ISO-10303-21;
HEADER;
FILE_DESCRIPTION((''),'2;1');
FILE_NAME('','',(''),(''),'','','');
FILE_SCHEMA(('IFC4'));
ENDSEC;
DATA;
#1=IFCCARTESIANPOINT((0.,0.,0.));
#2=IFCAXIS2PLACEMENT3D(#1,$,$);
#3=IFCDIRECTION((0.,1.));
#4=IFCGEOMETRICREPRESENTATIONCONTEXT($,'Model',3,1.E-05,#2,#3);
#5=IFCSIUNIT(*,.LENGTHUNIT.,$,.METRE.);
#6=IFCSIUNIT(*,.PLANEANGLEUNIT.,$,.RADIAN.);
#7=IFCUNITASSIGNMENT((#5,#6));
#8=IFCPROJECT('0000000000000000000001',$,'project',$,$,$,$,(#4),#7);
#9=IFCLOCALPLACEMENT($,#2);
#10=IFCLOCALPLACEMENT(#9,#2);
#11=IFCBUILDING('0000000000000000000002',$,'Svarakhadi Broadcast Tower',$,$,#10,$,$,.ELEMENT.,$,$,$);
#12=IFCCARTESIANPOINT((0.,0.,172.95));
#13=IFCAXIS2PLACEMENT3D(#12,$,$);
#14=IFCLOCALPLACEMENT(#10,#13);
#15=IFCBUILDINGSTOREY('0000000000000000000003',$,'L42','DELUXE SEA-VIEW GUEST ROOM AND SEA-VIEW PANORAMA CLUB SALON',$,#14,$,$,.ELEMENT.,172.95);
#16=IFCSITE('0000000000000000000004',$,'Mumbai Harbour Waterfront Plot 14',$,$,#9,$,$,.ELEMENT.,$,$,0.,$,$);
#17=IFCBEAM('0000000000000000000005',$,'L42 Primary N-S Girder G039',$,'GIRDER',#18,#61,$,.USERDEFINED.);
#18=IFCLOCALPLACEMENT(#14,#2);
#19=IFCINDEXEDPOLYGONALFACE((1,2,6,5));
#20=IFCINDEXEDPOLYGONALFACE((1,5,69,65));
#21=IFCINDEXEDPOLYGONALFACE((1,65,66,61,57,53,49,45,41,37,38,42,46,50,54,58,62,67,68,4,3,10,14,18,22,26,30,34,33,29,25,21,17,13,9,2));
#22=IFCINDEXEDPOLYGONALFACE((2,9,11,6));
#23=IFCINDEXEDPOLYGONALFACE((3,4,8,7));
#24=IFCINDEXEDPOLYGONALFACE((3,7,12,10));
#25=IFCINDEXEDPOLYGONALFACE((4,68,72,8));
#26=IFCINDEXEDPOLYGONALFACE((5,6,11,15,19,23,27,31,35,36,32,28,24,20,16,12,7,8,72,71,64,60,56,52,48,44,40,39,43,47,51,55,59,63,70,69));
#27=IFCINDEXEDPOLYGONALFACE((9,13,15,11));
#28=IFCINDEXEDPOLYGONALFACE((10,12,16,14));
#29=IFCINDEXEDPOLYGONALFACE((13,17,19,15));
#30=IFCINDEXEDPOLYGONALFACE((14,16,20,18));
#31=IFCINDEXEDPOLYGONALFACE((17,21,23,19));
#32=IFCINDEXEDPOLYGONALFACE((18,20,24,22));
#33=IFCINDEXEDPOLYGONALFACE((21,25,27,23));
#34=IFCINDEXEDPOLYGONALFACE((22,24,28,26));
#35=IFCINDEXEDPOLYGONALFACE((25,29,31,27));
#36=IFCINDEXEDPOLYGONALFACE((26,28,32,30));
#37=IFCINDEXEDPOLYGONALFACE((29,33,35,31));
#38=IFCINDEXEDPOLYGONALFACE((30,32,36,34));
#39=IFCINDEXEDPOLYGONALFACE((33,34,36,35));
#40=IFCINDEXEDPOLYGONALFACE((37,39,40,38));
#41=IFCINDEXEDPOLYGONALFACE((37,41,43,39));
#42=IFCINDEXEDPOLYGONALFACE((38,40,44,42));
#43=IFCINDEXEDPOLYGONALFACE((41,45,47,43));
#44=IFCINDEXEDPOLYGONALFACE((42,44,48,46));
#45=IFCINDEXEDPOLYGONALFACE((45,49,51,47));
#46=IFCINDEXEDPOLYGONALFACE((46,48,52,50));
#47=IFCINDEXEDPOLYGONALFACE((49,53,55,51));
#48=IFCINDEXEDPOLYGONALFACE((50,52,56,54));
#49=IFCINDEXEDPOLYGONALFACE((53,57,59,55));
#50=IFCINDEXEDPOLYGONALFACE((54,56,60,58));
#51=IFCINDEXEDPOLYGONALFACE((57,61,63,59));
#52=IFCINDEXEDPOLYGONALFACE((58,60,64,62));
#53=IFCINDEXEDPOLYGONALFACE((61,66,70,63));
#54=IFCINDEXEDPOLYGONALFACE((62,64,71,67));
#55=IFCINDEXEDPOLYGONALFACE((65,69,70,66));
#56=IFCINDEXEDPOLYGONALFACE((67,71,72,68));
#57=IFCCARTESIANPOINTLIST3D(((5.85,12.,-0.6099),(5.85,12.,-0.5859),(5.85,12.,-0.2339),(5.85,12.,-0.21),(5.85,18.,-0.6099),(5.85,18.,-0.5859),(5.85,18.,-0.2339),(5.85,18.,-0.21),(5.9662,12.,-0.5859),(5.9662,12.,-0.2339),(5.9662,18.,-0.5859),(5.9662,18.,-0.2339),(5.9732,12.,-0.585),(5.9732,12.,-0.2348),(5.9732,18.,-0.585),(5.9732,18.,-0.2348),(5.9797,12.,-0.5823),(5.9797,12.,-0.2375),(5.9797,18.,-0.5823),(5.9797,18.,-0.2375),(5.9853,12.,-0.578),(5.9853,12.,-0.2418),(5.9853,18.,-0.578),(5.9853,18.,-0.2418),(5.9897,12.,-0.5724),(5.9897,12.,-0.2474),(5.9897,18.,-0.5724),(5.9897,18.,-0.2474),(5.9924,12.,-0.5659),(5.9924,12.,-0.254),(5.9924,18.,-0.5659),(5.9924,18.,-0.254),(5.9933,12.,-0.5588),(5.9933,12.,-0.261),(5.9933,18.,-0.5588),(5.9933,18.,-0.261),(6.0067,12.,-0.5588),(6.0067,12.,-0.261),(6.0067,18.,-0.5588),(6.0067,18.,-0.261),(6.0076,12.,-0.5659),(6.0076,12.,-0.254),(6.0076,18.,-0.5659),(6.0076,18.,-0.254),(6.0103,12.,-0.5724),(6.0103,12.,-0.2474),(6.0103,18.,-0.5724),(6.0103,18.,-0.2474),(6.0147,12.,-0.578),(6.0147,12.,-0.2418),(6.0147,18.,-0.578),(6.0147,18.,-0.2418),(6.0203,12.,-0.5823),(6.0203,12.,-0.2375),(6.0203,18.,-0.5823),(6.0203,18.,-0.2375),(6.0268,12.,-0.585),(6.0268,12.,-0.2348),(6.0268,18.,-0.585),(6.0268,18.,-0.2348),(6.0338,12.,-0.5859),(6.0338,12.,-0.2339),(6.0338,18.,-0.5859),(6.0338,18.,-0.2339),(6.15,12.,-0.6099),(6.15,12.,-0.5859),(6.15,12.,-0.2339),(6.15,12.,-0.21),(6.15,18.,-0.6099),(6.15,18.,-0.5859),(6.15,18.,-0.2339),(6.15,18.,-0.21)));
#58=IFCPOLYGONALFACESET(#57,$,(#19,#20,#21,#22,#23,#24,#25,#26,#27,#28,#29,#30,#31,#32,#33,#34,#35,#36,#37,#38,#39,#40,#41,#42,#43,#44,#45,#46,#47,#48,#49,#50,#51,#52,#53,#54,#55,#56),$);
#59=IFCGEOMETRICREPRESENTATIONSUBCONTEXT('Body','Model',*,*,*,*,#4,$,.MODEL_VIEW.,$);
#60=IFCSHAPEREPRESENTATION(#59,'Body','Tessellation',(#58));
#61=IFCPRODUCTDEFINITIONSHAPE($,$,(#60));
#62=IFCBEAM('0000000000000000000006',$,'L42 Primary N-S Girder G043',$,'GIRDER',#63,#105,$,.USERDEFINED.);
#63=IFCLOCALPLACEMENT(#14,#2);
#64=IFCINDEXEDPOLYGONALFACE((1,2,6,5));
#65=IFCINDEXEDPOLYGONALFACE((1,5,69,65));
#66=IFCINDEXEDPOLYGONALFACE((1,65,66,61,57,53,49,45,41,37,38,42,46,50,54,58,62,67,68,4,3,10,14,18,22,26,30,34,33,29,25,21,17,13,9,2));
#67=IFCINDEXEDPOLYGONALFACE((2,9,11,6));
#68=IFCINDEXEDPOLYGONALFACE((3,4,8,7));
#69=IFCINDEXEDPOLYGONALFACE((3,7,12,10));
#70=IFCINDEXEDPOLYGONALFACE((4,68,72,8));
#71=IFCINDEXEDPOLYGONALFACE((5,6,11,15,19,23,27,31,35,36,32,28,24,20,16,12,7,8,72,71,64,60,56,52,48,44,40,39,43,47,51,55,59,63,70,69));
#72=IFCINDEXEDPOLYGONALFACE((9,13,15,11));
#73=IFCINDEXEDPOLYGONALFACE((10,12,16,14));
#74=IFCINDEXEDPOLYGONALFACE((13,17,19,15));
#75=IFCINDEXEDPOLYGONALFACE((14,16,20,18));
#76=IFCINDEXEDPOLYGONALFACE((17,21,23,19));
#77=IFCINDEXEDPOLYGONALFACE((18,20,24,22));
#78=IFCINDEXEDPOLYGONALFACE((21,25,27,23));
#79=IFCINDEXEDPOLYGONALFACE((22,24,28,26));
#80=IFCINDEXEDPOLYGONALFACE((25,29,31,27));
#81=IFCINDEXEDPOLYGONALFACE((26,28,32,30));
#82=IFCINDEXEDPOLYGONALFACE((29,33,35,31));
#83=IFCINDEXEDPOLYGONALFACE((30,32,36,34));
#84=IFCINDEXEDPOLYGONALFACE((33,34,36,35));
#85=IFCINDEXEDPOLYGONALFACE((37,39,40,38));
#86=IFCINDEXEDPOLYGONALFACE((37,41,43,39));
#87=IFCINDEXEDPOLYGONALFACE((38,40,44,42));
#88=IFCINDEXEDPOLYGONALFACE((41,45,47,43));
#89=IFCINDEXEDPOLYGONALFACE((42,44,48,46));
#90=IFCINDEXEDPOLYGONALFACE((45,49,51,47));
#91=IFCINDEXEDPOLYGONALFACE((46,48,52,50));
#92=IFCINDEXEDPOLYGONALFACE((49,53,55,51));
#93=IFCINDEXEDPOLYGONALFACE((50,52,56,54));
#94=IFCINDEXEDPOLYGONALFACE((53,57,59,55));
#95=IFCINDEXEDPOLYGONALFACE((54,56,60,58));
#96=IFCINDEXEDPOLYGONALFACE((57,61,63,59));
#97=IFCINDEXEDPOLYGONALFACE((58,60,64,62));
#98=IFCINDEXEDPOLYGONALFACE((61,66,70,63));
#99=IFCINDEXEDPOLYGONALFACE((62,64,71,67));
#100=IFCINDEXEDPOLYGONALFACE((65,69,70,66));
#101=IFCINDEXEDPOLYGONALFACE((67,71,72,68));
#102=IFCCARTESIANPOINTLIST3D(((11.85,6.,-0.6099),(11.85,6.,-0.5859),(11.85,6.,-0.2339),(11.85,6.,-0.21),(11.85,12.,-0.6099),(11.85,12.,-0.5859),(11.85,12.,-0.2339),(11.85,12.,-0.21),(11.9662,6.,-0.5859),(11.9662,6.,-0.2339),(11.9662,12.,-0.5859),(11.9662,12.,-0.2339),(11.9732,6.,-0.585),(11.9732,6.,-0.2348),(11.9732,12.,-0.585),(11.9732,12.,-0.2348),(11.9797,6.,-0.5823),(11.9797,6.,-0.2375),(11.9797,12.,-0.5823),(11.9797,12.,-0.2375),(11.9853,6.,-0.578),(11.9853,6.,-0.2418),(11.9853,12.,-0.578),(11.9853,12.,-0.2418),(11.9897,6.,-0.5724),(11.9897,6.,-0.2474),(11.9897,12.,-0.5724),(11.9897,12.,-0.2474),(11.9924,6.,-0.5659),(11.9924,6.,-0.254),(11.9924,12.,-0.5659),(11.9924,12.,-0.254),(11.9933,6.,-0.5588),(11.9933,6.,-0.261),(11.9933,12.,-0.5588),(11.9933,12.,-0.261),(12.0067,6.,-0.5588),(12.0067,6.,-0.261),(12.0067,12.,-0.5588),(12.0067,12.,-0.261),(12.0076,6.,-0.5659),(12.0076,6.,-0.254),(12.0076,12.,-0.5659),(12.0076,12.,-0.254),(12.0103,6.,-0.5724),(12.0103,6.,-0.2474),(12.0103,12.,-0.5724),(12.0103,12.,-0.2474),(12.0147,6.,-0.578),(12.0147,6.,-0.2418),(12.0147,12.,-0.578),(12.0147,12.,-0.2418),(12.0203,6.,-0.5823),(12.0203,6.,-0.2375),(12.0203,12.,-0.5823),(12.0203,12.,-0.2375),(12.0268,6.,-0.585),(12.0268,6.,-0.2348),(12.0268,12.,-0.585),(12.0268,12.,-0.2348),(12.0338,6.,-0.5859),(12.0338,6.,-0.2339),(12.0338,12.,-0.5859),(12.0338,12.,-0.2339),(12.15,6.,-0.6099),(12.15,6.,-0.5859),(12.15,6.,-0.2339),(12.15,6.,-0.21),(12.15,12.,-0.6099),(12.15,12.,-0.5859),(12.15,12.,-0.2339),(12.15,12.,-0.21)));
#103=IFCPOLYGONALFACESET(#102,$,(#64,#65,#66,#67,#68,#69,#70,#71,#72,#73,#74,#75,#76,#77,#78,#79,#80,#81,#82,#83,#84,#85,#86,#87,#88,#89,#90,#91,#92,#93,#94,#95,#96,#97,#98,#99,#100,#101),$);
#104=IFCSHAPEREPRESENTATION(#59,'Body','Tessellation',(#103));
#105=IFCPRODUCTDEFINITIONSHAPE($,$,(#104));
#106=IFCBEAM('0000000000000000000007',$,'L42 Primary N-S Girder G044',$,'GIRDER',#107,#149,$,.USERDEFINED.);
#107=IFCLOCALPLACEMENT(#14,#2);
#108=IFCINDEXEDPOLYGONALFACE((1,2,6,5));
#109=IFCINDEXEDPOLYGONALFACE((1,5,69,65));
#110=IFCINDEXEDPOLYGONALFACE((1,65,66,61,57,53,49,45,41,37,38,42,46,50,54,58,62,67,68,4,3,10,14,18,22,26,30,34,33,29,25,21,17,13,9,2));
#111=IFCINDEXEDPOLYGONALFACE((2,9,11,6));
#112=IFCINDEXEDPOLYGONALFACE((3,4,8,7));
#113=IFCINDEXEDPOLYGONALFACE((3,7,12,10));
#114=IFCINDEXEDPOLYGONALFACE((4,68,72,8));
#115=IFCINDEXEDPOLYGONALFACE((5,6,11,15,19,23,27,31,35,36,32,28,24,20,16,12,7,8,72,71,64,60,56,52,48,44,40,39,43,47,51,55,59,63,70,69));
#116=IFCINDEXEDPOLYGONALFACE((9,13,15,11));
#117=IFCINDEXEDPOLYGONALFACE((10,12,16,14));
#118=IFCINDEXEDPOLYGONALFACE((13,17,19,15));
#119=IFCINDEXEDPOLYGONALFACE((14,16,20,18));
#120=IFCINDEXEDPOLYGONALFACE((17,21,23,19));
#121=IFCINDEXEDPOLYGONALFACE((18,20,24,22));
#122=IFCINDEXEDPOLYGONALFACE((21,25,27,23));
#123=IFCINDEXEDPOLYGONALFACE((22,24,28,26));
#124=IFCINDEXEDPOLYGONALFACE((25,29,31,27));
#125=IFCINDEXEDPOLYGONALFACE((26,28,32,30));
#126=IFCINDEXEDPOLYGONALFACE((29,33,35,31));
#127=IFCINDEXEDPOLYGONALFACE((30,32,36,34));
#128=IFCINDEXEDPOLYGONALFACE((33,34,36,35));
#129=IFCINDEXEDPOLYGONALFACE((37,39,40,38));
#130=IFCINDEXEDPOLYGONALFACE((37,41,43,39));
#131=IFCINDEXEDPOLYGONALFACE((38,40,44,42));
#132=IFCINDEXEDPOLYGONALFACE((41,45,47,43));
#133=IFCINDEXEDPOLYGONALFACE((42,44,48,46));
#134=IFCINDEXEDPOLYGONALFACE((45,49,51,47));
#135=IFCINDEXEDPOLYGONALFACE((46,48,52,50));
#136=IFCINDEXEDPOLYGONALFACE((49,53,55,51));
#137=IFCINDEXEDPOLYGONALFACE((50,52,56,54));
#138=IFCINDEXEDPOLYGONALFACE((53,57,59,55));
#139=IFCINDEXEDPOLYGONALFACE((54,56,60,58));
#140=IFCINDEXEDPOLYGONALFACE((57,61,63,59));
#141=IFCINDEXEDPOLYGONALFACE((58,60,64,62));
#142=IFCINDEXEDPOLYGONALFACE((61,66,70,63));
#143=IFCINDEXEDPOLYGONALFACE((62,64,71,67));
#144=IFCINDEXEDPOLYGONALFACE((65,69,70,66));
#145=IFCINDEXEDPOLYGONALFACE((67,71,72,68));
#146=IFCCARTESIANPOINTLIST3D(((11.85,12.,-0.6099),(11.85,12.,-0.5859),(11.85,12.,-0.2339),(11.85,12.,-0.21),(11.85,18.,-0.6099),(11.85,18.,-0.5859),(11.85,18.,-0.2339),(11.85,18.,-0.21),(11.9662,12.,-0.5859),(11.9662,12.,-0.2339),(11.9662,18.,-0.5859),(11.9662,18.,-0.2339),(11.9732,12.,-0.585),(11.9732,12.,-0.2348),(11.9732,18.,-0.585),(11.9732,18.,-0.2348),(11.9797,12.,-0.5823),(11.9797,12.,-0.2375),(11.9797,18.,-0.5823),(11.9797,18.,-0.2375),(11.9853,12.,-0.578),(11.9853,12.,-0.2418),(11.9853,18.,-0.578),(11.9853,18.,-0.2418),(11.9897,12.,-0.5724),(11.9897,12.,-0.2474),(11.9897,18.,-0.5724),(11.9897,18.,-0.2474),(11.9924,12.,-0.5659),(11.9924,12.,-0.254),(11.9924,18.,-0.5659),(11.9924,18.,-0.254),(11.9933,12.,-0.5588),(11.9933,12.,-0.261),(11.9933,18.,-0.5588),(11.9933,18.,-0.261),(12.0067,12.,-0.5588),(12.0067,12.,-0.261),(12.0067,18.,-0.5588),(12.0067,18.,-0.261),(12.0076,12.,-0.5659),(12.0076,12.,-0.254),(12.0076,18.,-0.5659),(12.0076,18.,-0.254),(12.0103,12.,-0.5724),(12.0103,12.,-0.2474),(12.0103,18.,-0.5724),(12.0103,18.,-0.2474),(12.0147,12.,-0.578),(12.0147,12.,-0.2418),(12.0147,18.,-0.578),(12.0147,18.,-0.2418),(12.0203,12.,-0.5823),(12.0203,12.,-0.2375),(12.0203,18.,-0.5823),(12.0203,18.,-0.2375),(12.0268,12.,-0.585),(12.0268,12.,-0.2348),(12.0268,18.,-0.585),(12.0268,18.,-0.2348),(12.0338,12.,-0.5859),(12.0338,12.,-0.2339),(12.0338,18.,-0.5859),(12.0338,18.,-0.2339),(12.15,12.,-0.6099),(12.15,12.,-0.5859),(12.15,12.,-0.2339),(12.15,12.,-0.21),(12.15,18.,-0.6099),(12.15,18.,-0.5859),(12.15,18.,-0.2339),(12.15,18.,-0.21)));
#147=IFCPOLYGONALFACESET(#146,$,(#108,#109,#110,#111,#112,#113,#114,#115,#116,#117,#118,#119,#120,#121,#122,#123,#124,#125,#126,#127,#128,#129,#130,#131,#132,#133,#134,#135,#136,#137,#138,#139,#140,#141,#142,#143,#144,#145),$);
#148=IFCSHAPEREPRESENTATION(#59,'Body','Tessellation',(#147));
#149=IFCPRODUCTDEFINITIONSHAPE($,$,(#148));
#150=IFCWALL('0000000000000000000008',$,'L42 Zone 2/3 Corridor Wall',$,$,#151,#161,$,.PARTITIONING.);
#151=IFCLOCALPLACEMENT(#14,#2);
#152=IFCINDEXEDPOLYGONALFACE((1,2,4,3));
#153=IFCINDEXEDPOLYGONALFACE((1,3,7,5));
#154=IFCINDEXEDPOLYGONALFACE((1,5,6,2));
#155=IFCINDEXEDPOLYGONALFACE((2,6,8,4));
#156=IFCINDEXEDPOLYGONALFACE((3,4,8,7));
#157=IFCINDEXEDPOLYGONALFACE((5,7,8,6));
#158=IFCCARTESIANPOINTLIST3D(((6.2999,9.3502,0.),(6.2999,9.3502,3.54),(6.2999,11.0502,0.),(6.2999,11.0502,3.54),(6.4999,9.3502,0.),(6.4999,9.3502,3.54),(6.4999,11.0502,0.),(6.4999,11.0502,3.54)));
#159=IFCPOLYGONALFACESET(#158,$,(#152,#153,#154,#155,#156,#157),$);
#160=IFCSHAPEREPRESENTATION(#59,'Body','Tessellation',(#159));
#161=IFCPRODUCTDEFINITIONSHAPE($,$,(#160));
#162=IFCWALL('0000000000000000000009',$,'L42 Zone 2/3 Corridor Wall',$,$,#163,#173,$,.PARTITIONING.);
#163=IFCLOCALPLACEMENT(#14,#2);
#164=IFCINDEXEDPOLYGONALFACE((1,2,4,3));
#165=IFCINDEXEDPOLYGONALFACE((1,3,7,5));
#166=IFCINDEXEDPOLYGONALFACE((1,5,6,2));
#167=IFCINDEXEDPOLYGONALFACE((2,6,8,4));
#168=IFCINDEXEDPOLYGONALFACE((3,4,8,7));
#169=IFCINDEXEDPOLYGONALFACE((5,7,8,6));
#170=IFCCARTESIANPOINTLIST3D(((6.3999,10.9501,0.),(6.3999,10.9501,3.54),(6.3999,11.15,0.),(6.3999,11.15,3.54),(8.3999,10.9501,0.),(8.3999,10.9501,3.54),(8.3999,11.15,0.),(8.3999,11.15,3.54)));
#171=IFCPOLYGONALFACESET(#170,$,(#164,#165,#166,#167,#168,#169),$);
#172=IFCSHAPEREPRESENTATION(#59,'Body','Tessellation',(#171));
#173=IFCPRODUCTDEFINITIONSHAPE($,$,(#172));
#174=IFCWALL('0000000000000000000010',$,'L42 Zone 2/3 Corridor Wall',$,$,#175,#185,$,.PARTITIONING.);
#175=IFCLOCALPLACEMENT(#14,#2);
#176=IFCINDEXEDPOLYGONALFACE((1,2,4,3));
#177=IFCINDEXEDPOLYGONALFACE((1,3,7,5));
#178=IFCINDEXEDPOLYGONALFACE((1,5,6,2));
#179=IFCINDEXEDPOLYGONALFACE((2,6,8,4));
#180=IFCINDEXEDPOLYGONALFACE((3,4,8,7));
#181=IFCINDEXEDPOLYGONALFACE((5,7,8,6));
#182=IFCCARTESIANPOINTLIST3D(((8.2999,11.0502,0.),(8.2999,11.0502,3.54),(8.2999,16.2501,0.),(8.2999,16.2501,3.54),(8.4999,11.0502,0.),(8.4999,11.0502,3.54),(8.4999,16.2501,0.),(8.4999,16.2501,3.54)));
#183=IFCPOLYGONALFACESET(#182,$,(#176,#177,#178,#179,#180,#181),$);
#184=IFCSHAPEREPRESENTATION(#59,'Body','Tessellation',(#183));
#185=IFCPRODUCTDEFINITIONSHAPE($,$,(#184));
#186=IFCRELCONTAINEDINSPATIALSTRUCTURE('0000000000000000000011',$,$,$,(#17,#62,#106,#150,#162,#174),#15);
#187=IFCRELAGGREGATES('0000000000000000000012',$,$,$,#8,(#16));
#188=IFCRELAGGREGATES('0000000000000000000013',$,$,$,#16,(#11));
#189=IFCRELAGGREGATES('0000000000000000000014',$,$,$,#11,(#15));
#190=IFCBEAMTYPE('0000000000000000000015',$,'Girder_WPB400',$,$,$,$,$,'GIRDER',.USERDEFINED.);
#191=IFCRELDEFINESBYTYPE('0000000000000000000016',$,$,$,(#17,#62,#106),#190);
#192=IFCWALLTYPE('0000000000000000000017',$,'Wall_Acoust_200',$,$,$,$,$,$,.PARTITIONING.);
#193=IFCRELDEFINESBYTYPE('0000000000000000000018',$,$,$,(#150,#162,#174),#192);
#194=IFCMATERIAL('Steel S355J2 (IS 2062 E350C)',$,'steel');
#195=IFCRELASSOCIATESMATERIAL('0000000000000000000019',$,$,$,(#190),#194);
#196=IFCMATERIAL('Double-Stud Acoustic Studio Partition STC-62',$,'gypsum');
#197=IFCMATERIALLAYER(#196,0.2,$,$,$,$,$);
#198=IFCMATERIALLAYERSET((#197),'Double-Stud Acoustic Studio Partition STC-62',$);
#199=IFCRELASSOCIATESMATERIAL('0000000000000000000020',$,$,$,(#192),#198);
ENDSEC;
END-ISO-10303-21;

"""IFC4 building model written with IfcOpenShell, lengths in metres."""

from ifc_helpers import new_model, si_unit, direction, frame, frame_2d, origin, origin_2d, place, context, subcontext, project, spatial, rectangle, i_section, extrude, material, layer, layer_set, material_profile, profile_set, type_object, element, save


model = new_model("IFC4")

# Units and contexts
model_context = context("Model", 3, precision=1e-05, world=origin(), true_north=direction((0.0, 1.0)))
body_context = subcontext(model_context, "Body", "Model", "MODEL_VIEW")
ifc_project = project(units=[si_unit("LENGTHUNIT", "METRE"), si_unit("PLANEANGLEUNIT", "RADIAN")], contexts=[model_context])

# Site, building, storey
site_placement = place(None, origin())
site = spatial("IfcSite", under=ifc_project, at=site_placement, Name="Mumbai Harbour Waterfront Plot 14", CompositionType="ELEMENT", RefElevation=0.0)
building_placement = place(site_placement, origin())
building = spatial("IfcBuilding", under=site, at=building_placement, Name="Svarakhadi Broadcast Tower", CompositionType="ELEMENT")
storey_placement = place(building_placement, frame((0.0, 0.0, 172.95)))
storey = spatial("IfcBuildingStorey", under=building, at=storey_placement, Name="L42", Description="DELUXE SEA-VIEW GUEST ROOM AND SEA-VIEW PANORAMA CLUB SALON", CompositionType="ELEMENT", Elevation=172.95)

# Beams
ifc_material_1 = material(Name="Steel S355J2 (IS 2062 E350C)", Category="steel")
ifc_material_profile_1 = material_profile(ifc_material_1, i_section(OverallWidth=0.3, OverallDepth=0.3999, WebThickness=0.0134, FlangeThickness=0.0239, FilletRadius=0.0271, at=origin_2d()), Name="WPB 400x300x155")
ifc_profile_set_1 = profile_set([ifc_material_profile_1], Name="Steel S355J2 (IS 2062 E350C)")
beam_type_1 = type_object("IfcBeamType", Name="Girder_WPB400", ElementType="GIRDER", PredefinedType="USERDEFINED", material=ifc_profile_set_1)
for number, where, z_axis, x_axis, name in (
    (1, (6.0, 12.0, -0.4099), (0.0, 1.0, 0.0), (-1.0, 0.0, 0.0), "L42 Primary N-S Girder G039"),
    (2, (12.0, 6.0, -0.4099), (0.0, 1.0, 0.0), (-1.0, 0.0, 0.0), "L42 Primary N-S Girder G043"),
    (3, (12.0, 12.0, -0.4099), (0.0, 1.0, 0.0), (-1.0, 0.0, 0.0), "L42 Primary N-S Girder G044"),
):
    element("IfcBeam", number, at=place(storey_placement, frame(where, z_axis=z_axis, x_axis=x_axis)), inside=storey, type_object=beam_type_1, Name=name, ObjectType="GIRDER", PredefinedType="USERDEFINED", context=body_context, shape_type="SweptSolid", body=[
        extrude(i_section(OverallWidth=0.3, OverallDepth=0.3999, WebThickness=0.0134, FlangeThickness=0.0239, FilletRadius=0.0271, at=origin_2d()), origin(), (0.0, 0.0, 1.0), 6.0),
    ])

# Walls
ifc_material_2 = material(Name="Double-Stud Acoustic Studio Partition STC-62", Category="gypsum")
ifc_layer_1 = layer(ifc_material_2, 0.2)
ifc_layer_set_1 = layer_set([ifc_layer_1], Name="Double-Stud Acoustic Studio Partition STC-62")
wall_type_1 = type_object("IfcWallType", Name="Wall_Acoust_200", PredefinedType="PARTITIONING", material=ifc_layer_set_1)
wall_1_placement = place(storey_placement, frame((6.3999, 9.3501, 0.0), z_axis=(0.0, 0.0, 1.0), x_axis=(0.0, 1.0, 0.0)))
element("IfcWall", 4, at=wall_1_placement, inside=storey, type_object=wall_type_1, Name="L42 Zone 2/3 Corridor Wall", PredefinedType="PARTITIONING", context=body_context, shape_type="SweptSolid", body=[
    extrude(rectangle(XDim=1.7, YDim=0.2, at=frame_2d((0.8501, 0.0))), origin(), (0.0, 0.0, 1.0), 3.54),
])
wall_2_placement = place(storey_placement, frame((6.3999, 11.05, 0.0), z_axis=(0.0, 0.0, 1.0), x_axis=(1.0, 0.0, 0.0)))
element("IfcWall", 5, at=wall_2_placement, inside=storey, type_object=wall_type_1, Name="L42 Zone 2/3 Corridor Wall", PredefinedType="PARTITIONING", context=body_context, shape_type="SweptSolid", body=[
    extrude(rectangle(XDim=2.0, YDim=0.2, at=frame_2d((1.0, 0.0))), origin(), (0.0, 0.0, 1.0), 3.54),
])
wall_3_placement = place(storey_placement, frame((8.3999, 11.05, 0.0), z_axis=(0.0, 0.0, 1.0), x_axis=(0.0, 1.0, 0.0)))
element("IfcWall", 6, at=wall_3_placement, inside=storey, type_object=wall_type_1, Name="L42 Zone 2/3 Corridor Wall", PredefinedType="PARTITIONING", context=body_context, shape_type="SweptSolid", body=[
    extrude(rectangle(XDim=5.2, YDim=0.2, at=frame_2d((2.6001, 0.0))), origin(), (0.0, 0.0, 1.0), 3.54),
])

save(model, "model.ifc")
